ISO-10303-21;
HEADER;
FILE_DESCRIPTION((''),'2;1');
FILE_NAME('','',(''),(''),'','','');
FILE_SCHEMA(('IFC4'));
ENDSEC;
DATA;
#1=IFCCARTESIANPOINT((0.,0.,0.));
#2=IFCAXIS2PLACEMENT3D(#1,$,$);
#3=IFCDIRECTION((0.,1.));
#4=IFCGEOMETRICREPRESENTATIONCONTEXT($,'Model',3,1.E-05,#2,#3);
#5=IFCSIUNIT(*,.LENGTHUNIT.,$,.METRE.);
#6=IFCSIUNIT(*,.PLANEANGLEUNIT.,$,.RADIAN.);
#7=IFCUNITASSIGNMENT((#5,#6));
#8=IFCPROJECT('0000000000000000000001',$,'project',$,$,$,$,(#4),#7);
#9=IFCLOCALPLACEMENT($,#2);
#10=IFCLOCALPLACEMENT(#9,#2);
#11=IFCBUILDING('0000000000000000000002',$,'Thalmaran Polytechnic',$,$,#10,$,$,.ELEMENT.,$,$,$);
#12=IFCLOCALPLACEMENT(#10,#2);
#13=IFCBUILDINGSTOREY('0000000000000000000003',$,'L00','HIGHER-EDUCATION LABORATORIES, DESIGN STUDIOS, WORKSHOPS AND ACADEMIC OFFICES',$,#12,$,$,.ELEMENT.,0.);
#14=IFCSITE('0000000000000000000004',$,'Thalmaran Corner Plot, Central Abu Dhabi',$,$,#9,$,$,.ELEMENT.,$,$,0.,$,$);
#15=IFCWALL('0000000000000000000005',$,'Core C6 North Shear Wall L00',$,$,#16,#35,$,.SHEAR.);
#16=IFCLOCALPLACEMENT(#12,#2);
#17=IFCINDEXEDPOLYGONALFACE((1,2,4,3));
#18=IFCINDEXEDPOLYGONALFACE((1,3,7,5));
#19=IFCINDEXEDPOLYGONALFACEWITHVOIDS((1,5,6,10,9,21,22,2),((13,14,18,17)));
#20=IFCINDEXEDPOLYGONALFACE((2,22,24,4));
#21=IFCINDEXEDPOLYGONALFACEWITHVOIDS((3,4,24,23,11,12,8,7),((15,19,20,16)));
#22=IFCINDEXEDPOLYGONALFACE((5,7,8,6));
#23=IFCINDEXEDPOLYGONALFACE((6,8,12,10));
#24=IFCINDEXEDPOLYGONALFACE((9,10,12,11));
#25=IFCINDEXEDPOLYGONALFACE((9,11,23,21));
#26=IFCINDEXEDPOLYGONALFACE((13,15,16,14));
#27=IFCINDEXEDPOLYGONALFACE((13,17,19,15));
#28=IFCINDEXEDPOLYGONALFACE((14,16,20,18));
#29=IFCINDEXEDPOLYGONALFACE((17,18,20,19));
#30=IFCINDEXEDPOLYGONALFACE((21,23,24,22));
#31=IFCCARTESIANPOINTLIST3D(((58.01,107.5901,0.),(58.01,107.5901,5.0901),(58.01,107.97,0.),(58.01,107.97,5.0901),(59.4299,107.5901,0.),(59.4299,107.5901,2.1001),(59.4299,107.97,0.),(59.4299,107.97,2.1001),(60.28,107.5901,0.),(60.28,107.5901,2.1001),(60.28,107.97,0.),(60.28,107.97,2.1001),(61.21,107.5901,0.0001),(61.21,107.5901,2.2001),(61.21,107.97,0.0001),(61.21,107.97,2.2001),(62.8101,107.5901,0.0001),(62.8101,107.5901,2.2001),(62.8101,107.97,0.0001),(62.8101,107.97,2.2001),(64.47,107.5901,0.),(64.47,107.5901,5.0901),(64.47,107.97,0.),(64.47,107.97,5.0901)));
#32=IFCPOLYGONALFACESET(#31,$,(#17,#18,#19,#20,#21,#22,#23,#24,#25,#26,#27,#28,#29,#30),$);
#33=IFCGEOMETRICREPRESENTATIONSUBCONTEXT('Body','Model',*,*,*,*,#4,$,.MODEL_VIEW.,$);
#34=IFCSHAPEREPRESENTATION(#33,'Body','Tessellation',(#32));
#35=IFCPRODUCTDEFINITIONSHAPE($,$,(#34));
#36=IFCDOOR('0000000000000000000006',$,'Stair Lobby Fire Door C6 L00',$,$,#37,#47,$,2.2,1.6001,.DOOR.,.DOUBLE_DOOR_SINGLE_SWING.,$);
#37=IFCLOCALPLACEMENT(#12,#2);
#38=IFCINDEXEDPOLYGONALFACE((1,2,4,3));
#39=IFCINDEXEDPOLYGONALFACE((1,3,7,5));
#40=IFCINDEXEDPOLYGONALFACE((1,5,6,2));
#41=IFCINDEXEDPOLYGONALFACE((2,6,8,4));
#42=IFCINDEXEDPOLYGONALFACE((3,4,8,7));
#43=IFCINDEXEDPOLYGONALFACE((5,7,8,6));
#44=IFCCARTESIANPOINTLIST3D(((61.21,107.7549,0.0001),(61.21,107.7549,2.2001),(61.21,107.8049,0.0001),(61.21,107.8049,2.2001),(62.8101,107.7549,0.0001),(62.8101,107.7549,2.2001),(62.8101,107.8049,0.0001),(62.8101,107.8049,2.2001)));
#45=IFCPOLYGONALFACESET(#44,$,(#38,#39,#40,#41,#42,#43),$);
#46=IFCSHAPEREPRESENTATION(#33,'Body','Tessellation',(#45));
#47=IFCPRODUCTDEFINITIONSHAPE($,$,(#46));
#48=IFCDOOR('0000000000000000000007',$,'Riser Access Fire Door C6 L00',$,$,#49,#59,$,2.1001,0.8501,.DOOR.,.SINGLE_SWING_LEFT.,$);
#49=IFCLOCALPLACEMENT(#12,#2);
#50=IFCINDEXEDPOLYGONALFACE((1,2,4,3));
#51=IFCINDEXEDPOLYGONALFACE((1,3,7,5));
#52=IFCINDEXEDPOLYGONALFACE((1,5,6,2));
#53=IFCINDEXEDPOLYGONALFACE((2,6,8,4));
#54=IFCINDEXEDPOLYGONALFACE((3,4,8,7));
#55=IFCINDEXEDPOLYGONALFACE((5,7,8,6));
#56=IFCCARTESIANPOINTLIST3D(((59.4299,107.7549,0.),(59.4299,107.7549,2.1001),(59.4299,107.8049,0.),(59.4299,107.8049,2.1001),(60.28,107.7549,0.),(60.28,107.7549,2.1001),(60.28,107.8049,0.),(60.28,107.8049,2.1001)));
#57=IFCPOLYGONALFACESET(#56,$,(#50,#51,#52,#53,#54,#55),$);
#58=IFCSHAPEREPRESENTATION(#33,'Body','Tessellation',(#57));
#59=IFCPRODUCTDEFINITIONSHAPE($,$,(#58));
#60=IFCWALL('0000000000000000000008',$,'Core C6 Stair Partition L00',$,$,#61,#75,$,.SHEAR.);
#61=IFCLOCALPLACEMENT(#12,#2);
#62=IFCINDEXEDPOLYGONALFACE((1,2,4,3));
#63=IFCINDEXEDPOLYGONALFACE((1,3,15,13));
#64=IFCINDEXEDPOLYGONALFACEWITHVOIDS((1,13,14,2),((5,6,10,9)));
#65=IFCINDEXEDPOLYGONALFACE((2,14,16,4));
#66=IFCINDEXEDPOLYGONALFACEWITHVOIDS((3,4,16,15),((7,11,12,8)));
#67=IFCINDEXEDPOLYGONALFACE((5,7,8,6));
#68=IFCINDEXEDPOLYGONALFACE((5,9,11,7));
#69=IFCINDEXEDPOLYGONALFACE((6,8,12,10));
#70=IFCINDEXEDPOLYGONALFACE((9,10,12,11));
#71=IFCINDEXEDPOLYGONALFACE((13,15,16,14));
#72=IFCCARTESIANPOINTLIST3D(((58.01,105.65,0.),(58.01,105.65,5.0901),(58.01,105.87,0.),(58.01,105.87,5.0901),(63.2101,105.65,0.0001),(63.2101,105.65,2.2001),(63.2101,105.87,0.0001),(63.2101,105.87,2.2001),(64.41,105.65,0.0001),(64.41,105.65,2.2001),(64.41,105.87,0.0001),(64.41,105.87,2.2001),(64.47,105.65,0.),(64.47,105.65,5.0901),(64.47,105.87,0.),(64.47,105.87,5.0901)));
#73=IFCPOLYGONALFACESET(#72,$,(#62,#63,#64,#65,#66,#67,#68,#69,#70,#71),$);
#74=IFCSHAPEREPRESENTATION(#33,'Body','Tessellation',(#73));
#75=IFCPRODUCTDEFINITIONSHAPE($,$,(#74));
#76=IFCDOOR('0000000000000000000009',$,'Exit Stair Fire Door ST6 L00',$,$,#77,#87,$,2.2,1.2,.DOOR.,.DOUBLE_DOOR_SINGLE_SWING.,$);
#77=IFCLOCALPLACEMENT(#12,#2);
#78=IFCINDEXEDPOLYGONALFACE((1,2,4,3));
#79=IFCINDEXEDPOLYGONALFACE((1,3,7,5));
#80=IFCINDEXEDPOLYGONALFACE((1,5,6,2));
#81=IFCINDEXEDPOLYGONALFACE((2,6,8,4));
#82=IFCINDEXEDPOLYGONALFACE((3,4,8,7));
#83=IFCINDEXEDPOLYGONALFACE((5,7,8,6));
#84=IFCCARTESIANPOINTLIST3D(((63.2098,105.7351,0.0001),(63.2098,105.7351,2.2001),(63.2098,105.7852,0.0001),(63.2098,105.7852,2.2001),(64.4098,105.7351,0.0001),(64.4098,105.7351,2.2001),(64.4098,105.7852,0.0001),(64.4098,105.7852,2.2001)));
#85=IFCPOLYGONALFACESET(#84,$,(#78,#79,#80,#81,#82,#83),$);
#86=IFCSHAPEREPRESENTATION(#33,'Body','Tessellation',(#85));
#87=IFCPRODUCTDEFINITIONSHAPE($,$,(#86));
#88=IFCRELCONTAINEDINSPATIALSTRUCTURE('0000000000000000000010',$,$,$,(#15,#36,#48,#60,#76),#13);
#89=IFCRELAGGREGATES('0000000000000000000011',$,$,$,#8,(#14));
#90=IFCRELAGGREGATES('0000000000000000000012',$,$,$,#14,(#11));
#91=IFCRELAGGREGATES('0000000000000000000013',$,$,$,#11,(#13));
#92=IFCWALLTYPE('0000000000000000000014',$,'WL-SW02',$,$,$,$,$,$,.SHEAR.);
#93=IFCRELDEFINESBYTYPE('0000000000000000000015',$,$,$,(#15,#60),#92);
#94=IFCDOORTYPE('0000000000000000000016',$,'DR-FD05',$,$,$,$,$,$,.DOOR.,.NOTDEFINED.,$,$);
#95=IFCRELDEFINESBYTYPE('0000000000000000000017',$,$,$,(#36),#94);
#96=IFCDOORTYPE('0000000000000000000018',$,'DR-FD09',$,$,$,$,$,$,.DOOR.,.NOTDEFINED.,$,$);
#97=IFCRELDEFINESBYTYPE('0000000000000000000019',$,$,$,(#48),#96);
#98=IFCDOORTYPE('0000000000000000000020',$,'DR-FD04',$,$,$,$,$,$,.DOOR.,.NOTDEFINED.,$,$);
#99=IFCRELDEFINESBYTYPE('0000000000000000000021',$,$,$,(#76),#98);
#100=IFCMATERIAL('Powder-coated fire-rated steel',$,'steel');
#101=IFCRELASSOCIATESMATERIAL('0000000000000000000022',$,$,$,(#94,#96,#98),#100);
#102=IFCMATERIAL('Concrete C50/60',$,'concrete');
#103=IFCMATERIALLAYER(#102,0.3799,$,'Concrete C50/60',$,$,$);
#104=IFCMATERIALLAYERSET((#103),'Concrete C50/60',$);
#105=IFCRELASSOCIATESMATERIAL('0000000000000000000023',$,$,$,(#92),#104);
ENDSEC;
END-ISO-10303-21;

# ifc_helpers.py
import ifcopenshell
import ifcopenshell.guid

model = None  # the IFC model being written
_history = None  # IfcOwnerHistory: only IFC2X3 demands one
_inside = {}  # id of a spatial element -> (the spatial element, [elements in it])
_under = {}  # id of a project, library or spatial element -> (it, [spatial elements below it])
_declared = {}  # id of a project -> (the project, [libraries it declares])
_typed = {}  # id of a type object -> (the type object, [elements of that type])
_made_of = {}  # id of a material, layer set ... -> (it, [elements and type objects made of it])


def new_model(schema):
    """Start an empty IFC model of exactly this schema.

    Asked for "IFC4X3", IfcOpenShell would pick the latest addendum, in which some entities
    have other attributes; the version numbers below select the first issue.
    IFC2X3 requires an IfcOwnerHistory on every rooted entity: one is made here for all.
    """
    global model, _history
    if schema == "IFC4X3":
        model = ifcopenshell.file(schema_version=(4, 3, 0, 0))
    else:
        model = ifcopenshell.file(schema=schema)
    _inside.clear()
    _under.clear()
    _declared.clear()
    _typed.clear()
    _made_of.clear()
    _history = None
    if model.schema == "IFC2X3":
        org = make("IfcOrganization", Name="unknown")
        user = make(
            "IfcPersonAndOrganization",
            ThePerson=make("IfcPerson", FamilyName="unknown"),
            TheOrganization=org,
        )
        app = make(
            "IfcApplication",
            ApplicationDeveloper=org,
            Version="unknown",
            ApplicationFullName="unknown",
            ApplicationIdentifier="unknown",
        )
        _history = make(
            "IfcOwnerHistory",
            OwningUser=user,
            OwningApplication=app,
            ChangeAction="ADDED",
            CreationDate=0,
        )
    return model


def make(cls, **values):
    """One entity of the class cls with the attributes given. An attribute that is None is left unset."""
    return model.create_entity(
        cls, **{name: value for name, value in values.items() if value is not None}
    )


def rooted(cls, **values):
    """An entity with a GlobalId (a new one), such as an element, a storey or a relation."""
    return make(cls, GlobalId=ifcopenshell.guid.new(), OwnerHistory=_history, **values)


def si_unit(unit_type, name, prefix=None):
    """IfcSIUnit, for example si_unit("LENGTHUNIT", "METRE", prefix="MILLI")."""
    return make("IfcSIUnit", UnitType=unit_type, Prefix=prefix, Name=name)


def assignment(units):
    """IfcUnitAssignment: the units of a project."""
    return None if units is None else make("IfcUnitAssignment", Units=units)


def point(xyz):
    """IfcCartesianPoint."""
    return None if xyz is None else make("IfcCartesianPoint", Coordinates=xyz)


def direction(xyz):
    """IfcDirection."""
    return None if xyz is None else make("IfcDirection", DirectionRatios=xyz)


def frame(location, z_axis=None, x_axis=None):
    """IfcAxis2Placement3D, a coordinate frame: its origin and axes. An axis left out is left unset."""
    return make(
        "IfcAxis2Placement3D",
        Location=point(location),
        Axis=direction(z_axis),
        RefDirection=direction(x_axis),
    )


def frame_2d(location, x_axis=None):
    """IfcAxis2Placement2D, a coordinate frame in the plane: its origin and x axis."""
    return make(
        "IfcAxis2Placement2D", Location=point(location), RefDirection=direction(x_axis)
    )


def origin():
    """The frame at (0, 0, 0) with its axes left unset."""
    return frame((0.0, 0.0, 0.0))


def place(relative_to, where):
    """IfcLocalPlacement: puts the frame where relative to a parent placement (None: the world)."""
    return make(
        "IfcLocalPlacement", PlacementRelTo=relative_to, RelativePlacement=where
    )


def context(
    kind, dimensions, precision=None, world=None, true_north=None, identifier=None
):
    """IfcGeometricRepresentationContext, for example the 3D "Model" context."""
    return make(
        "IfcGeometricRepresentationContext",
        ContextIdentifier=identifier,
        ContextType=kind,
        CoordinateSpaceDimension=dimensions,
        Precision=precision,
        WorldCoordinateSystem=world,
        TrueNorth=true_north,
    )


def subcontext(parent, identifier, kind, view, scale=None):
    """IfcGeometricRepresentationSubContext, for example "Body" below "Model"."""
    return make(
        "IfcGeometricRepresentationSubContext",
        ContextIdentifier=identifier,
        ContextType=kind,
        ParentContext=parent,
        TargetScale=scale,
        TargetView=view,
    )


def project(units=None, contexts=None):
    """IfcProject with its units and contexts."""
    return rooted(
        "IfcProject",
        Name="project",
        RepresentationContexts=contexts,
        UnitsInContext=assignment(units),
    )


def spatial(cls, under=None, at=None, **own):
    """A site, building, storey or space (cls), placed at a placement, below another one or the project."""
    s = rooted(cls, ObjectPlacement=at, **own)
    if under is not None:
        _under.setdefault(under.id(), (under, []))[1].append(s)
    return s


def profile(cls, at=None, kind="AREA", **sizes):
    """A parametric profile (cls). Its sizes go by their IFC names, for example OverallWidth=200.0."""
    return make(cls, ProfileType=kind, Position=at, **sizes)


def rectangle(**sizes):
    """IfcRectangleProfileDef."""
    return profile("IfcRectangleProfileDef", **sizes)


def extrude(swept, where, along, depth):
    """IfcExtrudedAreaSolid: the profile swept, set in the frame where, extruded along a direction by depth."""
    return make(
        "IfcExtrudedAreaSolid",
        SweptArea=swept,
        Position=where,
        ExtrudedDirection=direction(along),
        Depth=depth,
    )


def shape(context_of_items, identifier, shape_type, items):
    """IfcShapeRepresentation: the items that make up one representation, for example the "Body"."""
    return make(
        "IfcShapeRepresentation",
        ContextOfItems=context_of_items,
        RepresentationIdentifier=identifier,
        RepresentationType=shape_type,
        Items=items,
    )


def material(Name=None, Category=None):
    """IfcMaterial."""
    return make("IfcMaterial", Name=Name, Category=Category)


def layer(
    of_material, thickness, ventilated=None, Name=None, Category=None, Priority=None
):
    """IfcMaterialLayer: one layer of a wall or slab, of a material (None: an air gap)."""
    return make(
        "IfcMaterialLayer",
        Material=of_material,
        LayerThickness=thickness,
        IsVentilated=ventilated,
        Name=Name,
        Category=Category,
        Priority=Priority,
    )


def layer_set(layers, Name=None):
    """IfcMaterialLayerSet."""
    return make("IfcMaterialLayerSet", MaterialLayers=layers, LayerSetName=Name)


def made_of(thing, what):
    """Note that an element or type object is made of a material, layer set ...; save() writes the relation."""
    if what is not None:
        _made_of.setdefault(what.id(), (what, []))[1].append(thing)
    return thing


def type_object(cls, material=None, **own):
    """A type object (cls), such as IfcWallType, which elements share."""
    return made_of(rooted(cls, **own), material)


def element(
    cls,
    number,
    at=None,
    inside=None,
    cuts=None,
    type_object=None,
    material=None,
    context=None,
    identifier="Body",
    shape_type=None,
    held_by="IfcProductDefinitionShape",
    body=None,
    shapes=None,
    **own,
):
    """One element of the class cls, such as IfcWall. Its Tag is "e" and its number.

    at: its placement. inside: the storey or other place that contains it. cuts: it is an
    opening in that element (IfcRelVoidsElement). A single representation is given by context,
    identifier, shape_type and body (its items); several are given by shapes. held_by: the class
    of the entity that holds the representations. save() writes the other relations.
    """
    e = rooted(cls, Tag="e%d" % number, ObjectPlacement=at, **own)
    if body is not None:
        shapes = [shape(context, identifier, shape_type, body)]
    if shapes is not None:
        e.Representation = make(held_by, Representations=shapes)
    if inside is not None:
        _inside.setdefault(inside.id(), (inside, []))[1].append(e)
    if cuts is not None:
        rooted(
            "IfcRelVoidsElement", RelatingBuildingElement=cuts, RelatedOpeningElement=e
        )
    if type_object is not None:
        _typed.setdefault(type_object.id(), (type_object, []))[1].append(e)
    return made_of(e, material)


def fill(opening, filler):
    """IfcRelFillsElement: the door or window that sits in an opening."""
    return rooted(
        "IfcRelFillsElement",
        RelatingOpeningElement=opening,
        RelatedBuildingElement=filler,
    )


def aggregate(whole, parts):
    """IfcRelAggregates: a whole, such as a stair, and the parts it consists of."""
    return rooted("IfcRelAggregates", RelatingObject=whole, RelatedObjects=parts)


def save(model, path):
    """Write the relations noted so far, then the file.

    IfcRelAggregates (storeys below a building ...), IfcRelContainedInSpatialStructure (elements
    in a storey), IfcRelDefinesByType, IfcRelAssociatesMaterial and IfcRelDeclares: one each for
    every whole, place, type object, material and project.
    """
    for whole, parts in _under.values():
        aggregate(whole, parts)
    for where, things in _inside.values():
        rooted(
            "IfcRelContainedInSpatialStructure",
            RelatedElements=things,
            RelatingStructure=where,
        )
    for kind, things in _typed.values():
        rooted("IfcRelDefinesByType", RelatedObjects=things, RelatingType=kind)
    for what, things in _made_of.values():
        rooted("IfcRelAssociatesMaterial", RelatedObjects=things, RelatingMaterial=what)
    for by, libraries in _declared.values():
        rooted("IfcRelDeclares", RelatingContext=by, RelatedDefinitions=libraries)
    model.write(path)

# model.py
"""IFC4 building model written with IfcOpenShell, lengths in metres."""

from ifc_helpers import new_model, si_unit, direction, frame, frame_2d, origin, place, context, subcontext, project, spatial, rectangle, extrude, material, layer, layer_set, type_object, element, fill, save


model = new_model("IFC4")

# Units and contexts
model_context = context("Model", 3, precision=1e-05, world=origin(), true_north=direction((0.0, 1.0)))
body_context = subcontext(model_context, "Body", "Model", "MODEL_VIEW")
ifc_project = project(units=[si_unit("LENGTHUNIT", "METRE"), si_unit("PLANEANGLEUNIT", "RADIAN")], contexts=[model_context])

# Site, building, storey
site_placement = place(None, origin())
site = spatial("IfcSite", under=ifc_project, at=site_placement, Name="Thalmaran Corner Plot, Central Abu Dhabi", CompositionType="ELEMENT", RefElevation=0.0)
building_placement = place(site_placement, origin())
building = spatial("IfcBuilding", under=site, at=building_placement, Name="Thalmaran Polytechnic", CompositionType="ELEMENT")
storey_placement = place(building_placement, origin())
storey = spatial("IfcBuildingStorey", under=building, at=storey_placement, Name="L00", Description="HIGHER-EDUCATION LABORATORIES, DESIGN STUDIOS, WORKSHOPS AND ACADEMIC OFFICES", CompositionType="ELEMENT", Elevation=0.0)

# Shared definitions
ifc_material_1 = material(Name="Concrete C50/60", Category="concrete")

# Shared definitions
ifc_material_2 = material(Name="Powder-coated fire-rated steel", Category="steel")
door_type_1 = type_object("IfcDoorType", Name="DR-FD05", OperationType="NOTDEFINED", PredefinedType="DOOR", material=ifc_material_2)

# Shared definitions
ifc_layer_1 = layer(ifc_material_1, 0.3799, Name="Concrete C50/60")
ifc_layer_set_1 = layer_set([ifc_layer_1], Name="Concrete C50/60")
wall_type_1 = type_object("IfcWallType", Name="WL-SW02", PredefinedType="SHEAR", material=ifc_layer_set_1)

# Wall, openings, doors
wall_1_placement = place(storey_placement, frame((58.01, 107.78, 0.0), z_axis=(0.0, 0.0, 1.0), x_axis=(1.0, 0.0, 0.0)))
wall_1 = element("IfcWall", 1, at=wall_1_placement, inside=storey, type_object=wall_type_1, Name="Core C6 North Shear Wall L00", PredefinedType="SHEAR", context=body_context, shape_type="SweptSolid", body=[
    extrude(rectangle(XDim=6.46, YDim=0.3799, at=frame_2d((3.23, 0.0))), origin(), (0.0, 0.0, 1.0), 5.0901),
])
opening_1_placement = place(wall_1_placement, frame((1.4199, 0.0, 0.0)))
opening_1 = element("IfcOpeningElement", 2, at=opening_1_placement, cuts=wall_1, PredefinedType="OPENING", context=body_context, shape_type="SweptSolid", body=[
    extrude(rectangle(XDim=0.8501, YDim=2.1001, at=frame_2d((0.425, 1.05))), frame((0.0, 0.2, 0.0), z_axis=(0.0, -1.0, 0.0), x_axis=(1.0, 0.0, 0.0)), (0.0, 0.0, 1.0), 0.3999),
])
opening_2_placement = place(wall_1_placement, frame((3.2, 0.0, 0.0)))
opening_2 = element("IfcOpeningElement", 3, at=opening_2_placement, cuts=wall_1, PredefinedType="OPENING", context=body_context, shape_type="SweptSolid", body=[
    extrude(rectangle(XDim=1.6001, YDim=2.2, at=frame_2d((0.8, 1.1001))), frame((0.0, 0.2, 0.0), z_axis=(0.0, -1.0, 0.0), x_axis=(1.0, 0.0, 0.0)), (0.0, 0.0, 1.0), 0.3999),
])
door_1_placement = place(opening_2_placement, origin())
door_1 = element("IfcDoor", 4, at=door_1_placement, inside=storey, type_object=door_type_1, Name="Stair Lobby Fire Door C6 L00", OperationType="DOUBLE_DOOR_SINGLE_SWING", OverallHeight=2.2, OverallWidth=1.6001, PredefinedType="DOOR", context=body_context, shape_type="SweptSolid", body=[
    extrude(rectangle(XDim=1.6001, YDim=2.2, at=frame_2d((0.8, 1.1001))), frame((0.0, 0.0249, 0.0), z_axis=(0.0, -1.0, 0.0), x_axis=(1.0, 0.0, 0.0)), (0.0, 0.0, 1.0), 0.05),
])
fill(opening_2, door_1)
door_type_2 = type_object("IfcDoorType", Name="DR-FD09", OperationType="NOTDEFINED", PredefinedType="DOOR", material=ifc_material_2)
door_2_placement = place(opening_1_placement, origin())
door_2 = element("IfcDoor", 5, at=door_2_placement, inside=storey, type_object=door_type_2, Name="Riser Access Fire Door C6 L00", OperationType="SINGLE_SWING_LEFT", OverallHeight=2.1001, OverallWidth=0.8501, PredefinedType="DOOR", context=body_context, shape_type="SweptSolid", body=[
    extrude(rectangle(XDim=0.8501, YDim=2.1001, at=frame_2d((0.425, 1.05))), frame((0.0, 0.0249, 0.0), z_axis=(0.0, -1.0, 0.0), x_axis=(1.0, 0.0, 0.0)), (0.0, 0.0, 1.0), 0.05),
])
fill(opening_1, door_2)

# Wall, opening, door
wall_2_placement = place(storey_placement, frame((58.01, 105.76, 0.0), z_axis=(0.0, 0.0, 1.0), x_axis=(1.0, 0.0, 0.0)))
wall_2 = element("IfcWall", 6, at=wall_2_placement, inside=storey, type_object=wall_type_1, Name="Core C6 Stair Partition L00", PredefinedType="SHEAR", context=body_context, shape_type="SweptSolid", body=[
    extrude(rectangle(XDim=6.46, YDim=0.22, at=frame_2d((3.23, 0.0))), origin(), (0.0, 0.0, 1.0), 5.0901),
])
opening_3_placement = place(wall_2_placement, frame((5.2, 0.0, 0.0)))
opening_3 = element("IfcOpeningElement", 7, at=opening_3_placement, cuts=wall_2, PredefinedType="OPENING", context=body_context, shape_type="SweptSolid", body=[
    extrude(rectangle(XDim=1.2, YDim=2.2, at=frame_2d((0.6001, 1.1001))), frame((0.0, 0.1199, 0.0), z_axis=(0.0, -1.0, 0.0), x_axis=(1.0, 0.0, 0.0)), (0.0, 0.0, 1.0), 0.24),
])
door_type_3 = type_object("IfcDoorType", Name="DR-FD04", OperationType="NOTDEFINED", PredefinedType="DOOR", material=ifc_material_2)
door_3_placement = place(opening_3_placement, frame((1.2, 0.0, 0.0), z_axis=(0.0, 0.0, 1.0), x_axis=(-1.0, 0.0, 0.0)))
door_3 = element("IfcDoor", 8, at=door_3_placement, inside=storey, type_object=door_type_3, Name="Exit Stair Fire Door ST6 L00", OperationType="DOUBLE_DOOR_SINGLE_SWING", OverallHeight=2.2, OverallWidth=1.2, PredefinedType="DOOR", context=body_context, shape_type="SweptSolid", body=[
    extrude(rectangle(XDim=1.2, YDim=2.2, at=frame_2d((0.6001, 1.1001))), frame((0.0, 0.0249, 0.0), z_axis=(0.0, -1.0, 0.0), x_axis=(1.0, 0.0, 0.0)), (0.0, 0.0, 1.0), 0.05),
])
fill(opening_3, door_3)

save(model, "model.ifc")
